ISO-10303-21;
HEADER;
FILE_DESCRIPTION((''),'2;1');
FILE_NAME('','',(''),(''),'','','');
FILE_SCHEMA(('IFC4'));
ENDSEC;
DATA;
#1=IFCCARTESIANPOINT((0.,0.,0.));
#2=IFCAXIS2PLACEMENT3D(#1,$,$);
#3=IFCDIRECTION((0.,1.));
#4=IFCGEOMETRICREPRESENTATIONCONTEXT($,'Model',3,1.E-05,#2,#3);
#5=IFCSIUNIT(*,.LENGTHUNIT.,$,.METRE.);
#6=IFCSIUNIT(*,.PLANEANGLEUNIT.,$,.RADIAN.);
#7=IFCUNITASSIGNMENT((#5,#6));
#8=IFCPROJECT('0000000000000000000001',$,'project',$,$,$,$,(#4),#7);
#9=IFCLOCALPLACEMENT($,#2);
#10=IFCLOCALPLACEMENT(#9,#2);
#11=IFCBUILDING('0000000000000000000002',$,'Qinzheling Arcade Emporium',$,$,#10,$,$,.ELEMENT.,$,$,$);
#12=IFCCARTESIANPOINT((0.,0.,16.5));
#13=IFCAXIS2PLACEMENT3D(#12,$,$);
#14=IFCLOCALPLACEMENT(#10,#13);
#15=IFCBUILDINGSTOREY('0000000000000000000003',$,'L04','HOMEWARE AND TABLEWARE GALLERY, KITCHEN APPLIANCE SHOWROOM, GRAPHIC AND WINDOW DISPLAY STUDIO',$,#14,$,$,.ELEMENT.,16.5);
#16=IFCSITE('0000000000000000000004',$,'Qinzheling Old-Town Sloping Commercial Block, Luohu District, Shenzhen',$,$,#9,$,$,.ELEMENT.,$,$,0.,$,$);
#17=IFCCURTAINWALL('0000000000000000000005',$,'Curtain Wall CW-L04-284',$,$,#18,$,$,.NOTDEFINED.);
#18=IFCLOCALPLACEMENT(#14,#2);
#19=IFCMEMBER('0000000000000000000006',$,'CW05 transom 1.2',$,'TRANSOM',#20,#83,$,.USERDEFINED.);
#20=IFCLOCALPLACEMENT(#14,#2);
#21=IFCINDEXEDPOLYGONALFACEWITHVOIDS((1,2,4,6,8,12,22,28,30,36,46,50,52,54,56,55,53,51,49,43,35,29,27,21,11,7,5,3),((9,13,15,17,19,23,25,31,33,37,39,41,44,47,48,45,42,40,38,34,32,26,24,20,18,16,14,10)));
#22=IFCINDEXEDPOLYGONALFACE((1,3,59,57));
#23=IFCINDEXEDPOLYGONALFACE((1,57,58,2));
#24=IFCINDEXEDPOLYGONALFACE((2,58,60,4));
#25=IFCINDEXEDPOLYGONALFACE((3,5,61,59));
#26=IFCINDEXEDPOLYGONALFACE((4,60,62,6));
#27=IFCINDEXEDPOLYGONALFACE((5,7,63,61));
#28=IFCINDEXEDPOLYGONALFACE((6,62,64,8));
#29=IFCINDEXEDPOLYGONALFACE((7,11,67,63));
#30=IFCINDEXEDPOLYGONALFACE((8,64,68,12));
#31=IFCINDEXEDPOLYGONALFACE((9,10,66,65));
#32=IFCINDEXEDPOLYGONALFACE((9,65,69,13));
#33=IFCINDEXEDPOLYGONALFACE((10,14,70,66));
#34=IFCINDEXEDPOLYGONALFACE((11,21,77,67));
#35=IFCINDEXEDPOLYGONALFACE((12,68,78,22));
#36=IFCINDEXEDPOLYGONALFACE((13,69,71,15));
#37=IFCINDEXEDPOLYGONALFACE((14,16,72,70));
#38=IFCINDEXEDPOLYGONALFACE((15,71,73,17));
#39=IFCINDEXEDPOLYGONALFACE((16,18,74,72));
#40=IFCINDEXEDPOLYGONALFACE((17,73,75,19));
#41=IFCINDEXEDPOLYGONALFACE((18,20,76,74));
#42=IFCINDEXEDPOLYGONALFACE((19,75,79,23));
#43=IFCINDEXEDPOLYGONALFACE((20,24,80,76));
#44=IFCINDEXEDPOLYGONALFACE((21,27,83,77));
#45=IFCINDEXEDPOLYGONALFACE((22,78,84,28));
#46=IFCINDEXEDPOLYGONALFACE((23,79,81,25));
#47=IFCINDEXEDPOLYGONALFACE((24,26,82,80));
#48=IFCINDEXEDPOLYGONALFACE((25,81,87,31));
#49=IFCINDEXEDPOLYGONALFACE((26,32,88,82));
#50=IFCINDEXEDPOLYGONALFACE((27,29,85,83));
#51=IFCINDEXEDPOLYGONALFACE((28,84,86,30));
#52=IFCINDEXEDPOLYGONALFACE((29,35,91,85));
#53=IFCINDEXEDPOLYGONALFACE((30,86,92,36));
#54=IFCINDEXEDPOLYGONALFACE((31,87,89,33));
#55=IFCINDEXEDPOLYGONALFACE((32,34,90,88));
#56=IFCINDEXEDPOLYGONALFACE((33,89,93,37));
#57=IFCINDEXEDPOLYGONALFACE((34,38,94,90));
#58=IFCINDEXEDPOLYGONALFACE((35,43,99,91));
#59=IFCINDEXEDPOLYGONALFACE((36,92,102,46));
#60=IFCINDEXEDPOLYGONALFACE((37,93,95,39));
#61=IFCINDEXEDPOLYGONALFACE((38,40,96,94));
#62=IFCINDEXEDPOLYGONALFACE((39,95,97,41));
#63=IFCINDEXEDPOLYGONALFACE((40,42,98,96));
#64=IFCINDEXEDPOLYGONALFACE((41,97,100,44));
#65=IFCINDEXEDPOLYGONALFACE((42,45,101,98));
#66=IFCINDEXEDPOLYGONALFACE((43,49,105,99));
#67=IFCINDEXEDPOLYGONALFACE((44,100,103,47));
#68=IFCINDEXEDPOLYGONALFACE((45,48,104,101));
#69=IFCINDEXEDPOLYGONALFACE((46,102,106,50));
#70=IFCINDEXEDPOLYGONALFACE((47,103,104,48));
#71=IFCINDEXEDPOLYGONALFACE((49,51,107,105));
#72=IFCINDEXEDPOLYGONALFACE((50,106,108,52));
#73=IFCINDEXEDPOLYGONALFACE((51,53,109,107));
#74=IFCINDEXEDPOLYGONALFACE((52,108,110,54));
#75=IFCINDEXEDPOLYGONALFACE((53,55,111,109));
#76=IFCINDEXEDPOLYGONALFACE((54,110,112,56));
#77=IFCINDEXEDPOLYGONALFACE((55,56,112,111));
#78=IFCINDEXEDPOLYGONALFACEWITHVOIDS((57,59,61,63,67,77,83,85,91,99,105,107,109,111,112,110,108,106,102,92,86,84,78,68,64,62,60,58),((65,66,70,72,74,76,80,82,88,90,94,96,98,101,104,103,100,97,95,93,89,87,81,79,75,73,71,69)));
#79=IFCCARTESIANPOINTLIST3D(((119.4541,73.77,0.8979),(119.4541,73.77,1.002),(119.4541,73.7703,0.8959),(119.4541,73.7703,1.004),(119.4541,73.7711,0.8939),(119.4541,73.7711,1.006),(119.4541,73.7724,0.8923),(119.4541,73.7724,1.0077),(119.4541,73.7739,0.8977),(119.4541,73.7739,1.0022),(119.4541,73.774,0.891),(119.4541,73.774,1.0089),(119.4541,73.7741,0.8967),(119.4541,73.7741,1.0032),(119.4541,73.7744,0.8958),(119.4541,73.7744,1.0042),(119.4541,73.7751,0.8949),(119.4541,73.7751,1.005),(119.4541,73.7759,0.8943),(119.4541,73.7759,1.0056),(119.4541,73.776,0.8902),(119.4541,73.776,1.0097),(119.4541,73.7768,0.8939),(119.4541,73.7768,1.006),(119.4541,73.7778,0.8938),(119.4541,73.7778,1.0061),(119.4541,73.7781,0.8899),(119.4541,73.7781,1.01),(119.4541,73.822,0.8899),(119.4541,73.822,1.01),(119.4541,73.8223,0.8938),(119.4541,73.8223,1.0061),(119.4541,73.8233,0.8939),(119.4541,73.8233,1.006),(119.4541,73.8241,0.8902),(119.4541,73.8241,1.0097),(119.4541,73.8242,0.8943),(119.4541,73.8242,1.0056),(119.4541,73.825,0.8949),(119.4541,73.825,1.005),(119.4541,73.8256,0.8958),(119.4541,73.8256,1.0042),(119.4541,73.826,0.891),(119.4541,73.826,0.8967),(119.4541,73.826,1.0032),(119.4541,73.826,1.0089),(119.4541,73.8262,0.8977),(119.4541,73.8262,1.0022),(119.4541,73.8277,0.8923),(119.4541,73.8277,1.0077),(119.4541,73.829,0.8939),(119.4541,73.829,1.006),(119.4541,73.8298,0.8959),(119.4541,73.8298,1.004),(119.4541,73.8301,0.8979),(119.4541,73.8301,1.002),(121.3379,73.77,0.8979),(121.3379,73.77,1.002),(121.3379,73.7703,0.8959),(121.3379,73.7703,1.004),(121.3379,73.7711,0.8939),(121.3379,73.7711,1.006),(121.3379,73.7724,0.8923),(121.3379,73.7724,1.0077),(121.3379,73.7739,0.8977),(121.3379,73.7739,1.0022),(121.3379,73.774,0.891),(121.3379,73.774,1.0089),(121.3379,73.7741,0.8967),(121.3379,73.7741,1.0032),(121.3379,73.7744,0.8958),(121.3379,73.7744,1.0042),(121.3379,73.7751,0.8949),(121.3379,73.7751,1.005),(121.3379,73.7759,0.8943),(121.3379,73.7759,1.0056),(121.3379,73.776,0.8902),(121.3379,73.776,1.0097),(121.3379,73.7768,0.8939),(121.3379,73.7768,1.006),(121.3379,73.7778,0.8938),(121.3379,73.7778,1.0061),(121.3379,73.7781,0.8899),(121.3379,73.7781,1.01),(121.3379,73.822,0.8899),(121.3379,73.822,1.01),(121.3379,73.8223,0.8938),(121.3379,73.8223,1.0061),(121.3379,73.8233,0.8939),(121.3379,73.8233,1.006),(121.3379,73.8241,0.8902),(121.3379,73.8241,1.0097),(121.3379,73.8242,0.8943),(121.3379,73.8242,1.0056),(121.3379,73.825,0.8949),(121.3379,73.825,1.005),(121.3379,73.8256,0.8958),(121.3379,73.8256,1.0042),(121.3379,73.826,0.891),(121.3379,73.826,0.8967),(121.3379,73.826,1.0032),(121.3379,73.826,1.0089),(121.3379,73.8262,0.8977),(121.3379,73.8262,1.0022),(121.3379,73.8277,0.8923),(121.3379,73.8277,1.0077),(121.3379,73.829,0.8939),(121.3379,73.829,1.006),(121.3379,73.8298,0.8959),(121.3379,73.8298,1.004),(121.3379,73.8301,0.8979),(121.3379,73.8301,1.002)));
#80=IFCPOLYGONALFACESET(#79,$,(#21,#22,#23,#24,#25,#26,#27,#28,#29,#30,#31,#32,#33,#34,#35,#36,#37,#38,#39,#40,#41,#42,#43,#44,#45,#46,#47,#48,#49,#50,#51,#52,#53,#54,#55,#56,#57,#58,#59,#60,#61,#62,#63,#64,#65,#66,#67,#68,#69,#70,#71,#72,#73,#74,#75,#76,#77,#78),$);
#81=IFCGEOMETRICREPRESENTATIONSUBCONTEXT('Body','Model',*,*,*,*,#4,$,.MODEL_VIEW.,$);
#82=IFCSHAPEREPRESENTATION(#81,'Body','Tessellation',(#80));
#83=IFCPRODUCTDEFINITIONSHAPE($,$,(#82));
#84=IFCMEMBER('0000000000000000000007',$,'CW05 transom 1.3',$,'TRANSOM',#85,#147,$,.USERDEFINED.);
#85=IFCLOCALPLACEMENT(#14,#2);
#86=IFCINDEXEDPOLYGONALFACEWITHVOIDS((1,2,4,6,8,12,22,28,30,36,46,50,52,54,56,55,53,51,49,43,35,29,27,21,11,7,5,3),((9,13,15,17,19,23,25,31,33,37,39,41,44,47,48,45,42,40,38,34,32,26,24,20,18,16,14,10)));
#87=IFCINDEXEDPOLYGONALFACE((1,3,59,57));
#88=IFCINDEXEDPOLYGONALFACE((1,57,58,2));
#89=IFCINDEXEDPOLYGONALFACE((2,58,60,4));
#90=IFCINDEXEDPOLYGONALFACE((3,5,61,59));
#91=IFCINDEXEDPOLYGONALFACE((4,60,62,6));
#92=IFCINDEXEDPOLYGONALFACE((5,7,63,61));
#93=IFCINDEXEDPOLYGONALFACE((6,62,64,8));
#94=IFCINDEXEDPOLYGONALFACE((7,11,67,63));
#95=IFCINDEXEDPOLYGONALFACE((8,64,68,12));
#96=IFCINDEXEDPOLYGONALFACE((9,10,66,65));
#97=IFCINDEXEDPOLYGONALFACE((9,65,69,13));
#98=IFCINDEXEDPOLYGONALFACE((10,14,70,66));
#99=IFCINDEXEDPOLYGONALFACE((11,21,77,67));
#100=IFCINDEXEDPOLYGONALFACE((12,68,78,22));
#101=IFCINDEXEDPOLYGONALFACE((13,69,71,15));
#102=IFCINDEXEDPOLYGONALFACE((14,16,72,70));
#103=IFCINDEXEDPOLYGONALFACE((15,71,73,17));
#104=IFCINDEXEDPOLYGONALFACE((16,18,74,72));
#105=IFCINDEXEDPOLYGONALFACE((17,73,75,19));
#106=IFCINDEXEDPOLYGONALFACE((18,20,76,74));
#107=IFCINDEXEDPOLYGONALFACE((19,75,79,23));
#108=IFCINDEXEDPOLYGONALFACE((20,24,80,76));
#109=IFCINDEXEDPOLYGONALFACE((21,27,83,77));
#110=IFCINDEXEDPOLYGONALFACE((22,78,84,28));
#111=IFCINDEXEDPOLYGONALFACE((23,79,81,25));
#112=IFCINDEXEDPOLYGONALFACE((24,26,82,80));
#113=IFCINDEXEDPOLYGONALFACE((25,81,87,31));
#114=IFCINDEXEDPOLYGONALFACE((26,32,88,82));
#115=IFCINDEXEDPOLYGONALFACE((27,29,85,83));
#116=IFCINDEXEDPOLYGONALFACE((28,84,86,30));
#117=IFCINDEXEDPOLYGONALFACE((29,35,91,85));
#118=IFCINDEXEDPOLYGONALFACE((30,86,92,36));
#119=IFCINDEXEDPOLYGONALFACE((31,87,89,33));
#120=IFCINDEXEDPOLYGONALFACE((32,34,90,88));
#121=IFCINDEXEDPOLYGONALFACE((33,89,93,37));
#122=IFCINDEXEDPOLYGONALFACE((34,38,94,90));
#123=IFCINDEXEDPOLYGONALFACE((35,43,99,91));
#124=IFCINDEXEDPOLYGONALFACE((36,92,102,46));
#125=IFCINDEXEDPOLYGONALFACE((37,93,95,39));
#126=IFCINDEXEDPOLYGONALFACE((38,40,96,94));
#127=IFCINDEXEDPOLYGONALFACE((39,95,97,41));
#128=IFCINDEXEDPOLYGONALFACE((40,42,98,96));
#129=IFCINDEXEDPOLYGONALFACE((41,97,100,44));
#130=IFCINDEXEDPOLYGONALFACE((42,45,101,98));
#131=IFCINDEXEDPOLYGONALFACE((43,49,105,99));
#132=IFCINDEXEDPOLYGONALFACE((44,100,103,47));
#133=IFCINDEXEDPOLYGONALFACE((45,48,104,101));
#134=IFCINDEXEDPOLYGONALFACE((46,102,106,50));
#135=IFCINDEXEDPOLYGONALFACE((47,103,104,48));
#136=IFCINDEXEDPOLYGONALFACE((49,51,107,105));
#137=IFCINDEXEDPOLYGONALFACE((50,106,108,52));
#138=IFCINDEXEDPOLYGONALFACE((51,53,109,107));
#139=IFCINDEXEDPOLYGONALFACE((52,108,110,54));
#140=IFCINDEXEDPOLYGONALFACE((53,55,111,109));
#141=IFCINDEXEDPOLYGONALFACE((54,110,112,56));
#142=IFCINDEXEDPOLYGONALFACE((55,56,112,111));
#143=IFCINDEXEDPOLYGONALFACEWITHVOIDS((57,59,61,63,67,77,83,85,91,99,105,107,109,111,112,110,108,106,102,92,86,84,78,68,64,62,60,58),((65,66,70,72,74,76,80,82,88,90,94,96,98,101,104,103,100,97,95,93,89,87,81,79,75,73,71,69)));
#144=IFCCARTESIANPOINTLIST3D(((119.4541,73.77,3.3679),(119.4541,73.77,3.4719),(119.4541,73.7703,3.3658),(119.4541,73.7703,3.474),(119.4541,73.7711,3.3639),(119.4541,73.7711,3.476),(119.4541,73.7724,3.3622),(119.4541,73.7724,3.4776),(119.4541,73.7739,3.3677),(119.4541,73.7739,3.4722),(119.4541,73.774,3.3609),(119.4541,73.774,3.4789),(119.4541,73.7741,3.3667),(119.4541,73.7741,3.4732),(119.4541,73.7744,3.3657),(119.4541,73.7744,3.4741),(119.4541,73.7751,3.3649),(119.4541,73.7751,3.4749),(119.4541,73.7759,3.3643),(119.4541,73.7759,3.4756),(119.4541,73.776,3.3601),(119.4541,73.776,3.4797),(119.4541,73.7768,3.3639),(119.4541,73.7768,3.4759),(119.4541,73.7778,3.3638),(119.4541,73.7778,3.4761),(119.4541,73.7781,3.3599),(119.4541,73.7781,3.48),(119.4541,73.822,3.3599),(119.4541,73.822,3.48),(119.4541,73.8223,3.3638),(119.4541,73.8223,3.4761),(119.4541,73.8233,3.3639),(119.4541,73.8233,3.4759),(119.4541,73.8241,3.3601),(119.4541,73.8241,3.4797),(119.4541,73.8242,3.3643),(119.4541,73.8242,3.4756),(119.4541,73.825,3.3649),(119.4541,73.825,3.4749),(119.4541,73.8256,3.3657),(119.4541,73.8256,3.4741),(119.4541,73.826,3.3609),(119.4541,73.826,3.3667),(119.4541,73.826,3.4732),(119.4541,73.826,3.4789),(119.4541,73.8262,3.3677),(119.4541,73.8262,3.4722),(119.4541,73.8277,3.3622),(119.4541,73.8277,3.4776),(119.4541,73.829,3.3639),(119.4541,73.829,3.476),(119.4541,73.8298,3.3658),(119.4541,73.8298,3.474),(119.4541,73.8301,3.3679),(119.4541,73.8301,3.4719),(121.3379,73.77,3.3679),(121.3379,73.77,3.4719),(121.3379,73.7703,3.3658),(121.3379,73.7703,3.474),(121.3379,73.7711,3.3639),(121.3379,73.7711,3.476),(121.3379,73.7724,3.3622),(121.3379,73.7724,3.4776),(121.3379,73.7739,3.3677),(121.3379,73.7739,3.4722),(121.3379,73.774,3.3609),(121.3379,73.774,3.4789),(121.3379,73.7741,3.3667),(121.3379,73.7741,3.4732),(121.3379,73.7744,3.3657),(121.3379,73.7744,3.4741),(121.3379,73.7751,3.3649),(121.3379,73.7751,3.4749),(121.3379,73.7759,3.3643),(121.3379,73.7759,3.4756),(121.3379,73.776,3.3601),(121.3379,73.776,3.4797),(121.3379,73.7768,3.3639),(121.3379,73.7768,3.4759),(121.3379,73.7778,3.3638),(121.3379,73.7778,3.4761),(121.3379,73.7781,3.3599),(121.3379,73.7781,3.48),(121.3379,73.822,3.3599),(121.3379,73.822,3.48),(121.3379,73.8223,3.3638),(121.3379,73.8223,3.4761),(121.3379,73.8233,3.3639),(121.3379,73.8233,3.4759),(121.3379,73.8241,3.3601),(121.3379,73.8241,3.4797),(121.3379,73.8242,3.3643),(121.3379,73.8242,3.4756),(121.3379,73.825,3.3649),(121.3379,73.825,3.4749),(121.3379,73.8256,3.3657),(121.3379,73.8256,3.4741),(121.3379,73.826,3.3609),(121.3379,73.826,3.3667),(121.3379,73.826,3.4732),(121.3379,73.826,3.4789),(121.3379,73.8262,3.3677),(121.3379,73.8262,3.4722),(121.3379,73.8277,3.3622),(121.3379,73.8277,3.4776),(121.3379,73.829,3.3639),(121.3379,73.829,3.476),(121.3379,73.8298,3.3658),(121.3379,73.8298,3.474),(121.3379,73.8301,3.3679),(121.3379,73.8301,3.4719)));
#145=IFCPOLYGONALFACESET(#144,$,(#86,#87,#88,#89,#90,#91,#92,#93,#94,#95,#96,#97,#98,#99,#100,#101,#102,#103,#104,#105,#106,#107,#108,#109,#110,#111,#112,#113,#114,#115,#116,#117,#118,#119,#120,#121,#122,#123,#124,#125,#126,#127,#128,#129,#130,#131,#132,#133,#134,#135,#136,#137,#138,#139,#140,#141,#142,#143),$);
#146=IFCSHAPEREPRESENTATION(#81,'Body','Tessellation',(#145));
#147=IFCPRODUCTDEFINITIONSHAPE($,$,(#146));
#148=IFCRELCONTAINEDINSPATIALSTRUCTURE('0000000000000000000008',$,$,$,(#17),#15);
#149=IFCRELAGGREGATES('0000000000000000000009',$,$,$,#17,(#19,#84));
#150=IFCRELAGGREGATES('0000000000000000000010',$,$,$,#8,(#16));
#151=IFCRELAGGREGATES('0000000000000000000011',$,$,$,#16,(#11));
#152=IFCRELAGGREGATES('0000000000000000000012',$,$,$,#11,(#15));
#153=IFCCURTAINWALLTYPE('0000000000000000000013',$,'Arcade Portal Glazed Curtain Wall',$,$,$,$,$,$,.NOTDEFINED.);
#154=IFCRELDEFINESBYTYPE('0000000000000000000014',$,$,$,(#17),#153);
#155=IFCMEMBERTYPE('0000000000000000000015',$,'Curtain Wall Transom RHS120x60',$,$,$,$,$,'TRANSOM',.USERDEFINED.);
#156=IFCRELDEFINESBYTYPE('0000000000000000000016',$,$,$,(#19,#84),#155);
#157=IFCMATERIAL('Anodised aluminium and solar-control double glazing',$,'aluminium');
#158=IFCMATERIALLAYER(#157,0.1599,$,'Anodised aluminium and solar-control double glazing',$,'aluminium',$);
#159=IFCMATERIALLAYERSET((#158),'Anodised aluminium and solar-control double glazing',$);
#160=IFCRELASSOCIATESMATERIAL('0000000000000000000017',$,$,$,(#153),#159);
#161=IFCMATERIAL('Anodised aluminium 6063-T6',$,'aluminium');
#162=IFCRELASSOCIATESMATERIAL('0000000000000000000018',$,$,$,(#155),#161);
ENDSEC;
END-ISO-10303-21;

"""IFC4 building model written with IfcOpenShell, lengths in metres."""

from ifc_helpers import new_model, si_unit, direction, frame, origin, origin_2d, place, context, subcontext, project, spatial, hollow_rectangle, extrude, material, layer, layer_set, material_profile, profile_set, type_object, element, aggregate, save


model = new_model("IFC4")

# Units and contexts
model_context = context("Model", 3, precision=1e-05, world=origin(), true_north=direction((0.0, 1.0)))
body_context = subcontext(model_context, "Body", "Model", "MODEL_VIEW")
ifc_project = project(units=[si_unit("LENGTHUNIT", "METRE"), si_unit("PLANEANGLEUNIT", "RADIAN")], contexts=[model_context])

# Site, building, storey
site_placement = place(None, origin())
site = spatial("IfcSite", under=ifc_project, at=site_placement, Name="Qinzheling Old-Town Sloping Commercial Block, Luohu District, Shenzhen", CompositionType="ELEMENT", RefElevation=0.0)
building_placement = place(site_placement, origin())
building = spatial("IfcBuilding", under=site, at=building_placement, Name="Qinzheling Arcade Emporium", CompositionType="ELEMENT")
storey_placement = place(building_placement, frame((0.0, 0.0, 16.5)))
storey = spatial("IfcBuildingStorey", under=building, at=storey_placement, Name="L04", Description="HOMEWARE AND TABLEWARE GALLERY, KITCHEN APPLIANCE SHOWROOM, GRAPHIC AND WINDOW DISPLAY STUDIO", CompositionType="ELEMENT", Elevation=16.5)

# Curtain wall, members
ifc_material_1 = material(Name="Anodised aluminium and solar-control double glazing", Category="aluminium")
ifc_layer_1 = layer(ifc_material_1, 0.1599, Name="Anodised aluminium and solar-control double glazing", Category="aluminium")
ifc_layer_set_1 = layer_set([ifc_layer_1], Name="Anodised aluminium and solar-control double glazing")
curtain_wall_type = type_object("IfcCurtainWallType", Name="Arcade Portal Glazed Curtain Wall", PredefinedType="NOTDEFINED", material=ifc_layer_set_1)
curtain_wall_placement = place(storey_placement, origin())
curtain_wall = element("IfcCurtainWall", 1, at=curtain_wall_placement, inside=storey, type_object=curtain_wall_type, Name="Curtain Wall CW-L04-284", PredefinedType="NOTDEFINED")
ifc_material_2 = material(Name="Anodised aluminium 6063-T6", Category="aluminium")
ifc_material_profile_1 = material_profile(ifc_material_2, hollow_rectangle(XDim=0.0601, YDim=0.1201, WallThickness=0.0039, InnerFilletRadius=0.0039, OuterFilletRadius=0.0081, at=origin_2d()), Name="RHS 120x60x4", Category="aluminium")
ifc_profile_set_1 = profile_set([ifc_material_profile_1], Name="Anodised aluminium 6063-T6")
member_type_1 = type_object("IfcMemberType", Name="Curtain Wall Transom RHS120x60", ElementType="TRANSOM", PredefinedType="USERDEFINED", material=ifc_profile_set_1)
member_1_placement = place(storey_placement, frame((121.3379, 73.8, 0.95), z_axis=(-1.0, 0.0, 0.0), x_axis=(0.0, -1.0, 0.0)))
member_1 = element("IfcMember", 2, at=member_1_placement, type_object=member_type_1, Name="CW05 transom 1.2", ObjectType="TRANSOM", PredefinedType="USERDEFINED", context=body_context, shape_type="SweptSolid", body=[
    extrude(hollow_rectangle(XDim=0.0601, YDim=0.1201, WallThickness=0.0039, InnerFilletRadius=0.0039, OuterFilletRadius=0.0081, at=origin_2d()), origin(), (0.0, 0.0, 1.0), 1.8838),
])
member_2_placement = place(storey_placement, frame((121.3379, 73.8, 3.4199), z_axis=(-1.0, 0.0, 0.0), x_axis=(0.0, -1.0, 0.0)))
member_2 = element("IfcMember", 3, at=member_2_placement, type_object=member_type_1, Name="CW05 transom 1.3", ObjectType="TRANSOM", PredefinedType="USERDEFINED", context=body_context, shape_type="SweptSolid", body=[
    extrude(hollow_rectangle(XDim=0.0601, YDim=0.1201, WallThickness=0.0039, InnerFilletRadius=0.0039, OuterFilletRadius=0.0081, at=origin_2d()), origin(), (0.0, 0.0, 1.0), 1.8838),
])

aggregate(curtain_wall, [member_1, member_2])

save(model, "model.ifc")
